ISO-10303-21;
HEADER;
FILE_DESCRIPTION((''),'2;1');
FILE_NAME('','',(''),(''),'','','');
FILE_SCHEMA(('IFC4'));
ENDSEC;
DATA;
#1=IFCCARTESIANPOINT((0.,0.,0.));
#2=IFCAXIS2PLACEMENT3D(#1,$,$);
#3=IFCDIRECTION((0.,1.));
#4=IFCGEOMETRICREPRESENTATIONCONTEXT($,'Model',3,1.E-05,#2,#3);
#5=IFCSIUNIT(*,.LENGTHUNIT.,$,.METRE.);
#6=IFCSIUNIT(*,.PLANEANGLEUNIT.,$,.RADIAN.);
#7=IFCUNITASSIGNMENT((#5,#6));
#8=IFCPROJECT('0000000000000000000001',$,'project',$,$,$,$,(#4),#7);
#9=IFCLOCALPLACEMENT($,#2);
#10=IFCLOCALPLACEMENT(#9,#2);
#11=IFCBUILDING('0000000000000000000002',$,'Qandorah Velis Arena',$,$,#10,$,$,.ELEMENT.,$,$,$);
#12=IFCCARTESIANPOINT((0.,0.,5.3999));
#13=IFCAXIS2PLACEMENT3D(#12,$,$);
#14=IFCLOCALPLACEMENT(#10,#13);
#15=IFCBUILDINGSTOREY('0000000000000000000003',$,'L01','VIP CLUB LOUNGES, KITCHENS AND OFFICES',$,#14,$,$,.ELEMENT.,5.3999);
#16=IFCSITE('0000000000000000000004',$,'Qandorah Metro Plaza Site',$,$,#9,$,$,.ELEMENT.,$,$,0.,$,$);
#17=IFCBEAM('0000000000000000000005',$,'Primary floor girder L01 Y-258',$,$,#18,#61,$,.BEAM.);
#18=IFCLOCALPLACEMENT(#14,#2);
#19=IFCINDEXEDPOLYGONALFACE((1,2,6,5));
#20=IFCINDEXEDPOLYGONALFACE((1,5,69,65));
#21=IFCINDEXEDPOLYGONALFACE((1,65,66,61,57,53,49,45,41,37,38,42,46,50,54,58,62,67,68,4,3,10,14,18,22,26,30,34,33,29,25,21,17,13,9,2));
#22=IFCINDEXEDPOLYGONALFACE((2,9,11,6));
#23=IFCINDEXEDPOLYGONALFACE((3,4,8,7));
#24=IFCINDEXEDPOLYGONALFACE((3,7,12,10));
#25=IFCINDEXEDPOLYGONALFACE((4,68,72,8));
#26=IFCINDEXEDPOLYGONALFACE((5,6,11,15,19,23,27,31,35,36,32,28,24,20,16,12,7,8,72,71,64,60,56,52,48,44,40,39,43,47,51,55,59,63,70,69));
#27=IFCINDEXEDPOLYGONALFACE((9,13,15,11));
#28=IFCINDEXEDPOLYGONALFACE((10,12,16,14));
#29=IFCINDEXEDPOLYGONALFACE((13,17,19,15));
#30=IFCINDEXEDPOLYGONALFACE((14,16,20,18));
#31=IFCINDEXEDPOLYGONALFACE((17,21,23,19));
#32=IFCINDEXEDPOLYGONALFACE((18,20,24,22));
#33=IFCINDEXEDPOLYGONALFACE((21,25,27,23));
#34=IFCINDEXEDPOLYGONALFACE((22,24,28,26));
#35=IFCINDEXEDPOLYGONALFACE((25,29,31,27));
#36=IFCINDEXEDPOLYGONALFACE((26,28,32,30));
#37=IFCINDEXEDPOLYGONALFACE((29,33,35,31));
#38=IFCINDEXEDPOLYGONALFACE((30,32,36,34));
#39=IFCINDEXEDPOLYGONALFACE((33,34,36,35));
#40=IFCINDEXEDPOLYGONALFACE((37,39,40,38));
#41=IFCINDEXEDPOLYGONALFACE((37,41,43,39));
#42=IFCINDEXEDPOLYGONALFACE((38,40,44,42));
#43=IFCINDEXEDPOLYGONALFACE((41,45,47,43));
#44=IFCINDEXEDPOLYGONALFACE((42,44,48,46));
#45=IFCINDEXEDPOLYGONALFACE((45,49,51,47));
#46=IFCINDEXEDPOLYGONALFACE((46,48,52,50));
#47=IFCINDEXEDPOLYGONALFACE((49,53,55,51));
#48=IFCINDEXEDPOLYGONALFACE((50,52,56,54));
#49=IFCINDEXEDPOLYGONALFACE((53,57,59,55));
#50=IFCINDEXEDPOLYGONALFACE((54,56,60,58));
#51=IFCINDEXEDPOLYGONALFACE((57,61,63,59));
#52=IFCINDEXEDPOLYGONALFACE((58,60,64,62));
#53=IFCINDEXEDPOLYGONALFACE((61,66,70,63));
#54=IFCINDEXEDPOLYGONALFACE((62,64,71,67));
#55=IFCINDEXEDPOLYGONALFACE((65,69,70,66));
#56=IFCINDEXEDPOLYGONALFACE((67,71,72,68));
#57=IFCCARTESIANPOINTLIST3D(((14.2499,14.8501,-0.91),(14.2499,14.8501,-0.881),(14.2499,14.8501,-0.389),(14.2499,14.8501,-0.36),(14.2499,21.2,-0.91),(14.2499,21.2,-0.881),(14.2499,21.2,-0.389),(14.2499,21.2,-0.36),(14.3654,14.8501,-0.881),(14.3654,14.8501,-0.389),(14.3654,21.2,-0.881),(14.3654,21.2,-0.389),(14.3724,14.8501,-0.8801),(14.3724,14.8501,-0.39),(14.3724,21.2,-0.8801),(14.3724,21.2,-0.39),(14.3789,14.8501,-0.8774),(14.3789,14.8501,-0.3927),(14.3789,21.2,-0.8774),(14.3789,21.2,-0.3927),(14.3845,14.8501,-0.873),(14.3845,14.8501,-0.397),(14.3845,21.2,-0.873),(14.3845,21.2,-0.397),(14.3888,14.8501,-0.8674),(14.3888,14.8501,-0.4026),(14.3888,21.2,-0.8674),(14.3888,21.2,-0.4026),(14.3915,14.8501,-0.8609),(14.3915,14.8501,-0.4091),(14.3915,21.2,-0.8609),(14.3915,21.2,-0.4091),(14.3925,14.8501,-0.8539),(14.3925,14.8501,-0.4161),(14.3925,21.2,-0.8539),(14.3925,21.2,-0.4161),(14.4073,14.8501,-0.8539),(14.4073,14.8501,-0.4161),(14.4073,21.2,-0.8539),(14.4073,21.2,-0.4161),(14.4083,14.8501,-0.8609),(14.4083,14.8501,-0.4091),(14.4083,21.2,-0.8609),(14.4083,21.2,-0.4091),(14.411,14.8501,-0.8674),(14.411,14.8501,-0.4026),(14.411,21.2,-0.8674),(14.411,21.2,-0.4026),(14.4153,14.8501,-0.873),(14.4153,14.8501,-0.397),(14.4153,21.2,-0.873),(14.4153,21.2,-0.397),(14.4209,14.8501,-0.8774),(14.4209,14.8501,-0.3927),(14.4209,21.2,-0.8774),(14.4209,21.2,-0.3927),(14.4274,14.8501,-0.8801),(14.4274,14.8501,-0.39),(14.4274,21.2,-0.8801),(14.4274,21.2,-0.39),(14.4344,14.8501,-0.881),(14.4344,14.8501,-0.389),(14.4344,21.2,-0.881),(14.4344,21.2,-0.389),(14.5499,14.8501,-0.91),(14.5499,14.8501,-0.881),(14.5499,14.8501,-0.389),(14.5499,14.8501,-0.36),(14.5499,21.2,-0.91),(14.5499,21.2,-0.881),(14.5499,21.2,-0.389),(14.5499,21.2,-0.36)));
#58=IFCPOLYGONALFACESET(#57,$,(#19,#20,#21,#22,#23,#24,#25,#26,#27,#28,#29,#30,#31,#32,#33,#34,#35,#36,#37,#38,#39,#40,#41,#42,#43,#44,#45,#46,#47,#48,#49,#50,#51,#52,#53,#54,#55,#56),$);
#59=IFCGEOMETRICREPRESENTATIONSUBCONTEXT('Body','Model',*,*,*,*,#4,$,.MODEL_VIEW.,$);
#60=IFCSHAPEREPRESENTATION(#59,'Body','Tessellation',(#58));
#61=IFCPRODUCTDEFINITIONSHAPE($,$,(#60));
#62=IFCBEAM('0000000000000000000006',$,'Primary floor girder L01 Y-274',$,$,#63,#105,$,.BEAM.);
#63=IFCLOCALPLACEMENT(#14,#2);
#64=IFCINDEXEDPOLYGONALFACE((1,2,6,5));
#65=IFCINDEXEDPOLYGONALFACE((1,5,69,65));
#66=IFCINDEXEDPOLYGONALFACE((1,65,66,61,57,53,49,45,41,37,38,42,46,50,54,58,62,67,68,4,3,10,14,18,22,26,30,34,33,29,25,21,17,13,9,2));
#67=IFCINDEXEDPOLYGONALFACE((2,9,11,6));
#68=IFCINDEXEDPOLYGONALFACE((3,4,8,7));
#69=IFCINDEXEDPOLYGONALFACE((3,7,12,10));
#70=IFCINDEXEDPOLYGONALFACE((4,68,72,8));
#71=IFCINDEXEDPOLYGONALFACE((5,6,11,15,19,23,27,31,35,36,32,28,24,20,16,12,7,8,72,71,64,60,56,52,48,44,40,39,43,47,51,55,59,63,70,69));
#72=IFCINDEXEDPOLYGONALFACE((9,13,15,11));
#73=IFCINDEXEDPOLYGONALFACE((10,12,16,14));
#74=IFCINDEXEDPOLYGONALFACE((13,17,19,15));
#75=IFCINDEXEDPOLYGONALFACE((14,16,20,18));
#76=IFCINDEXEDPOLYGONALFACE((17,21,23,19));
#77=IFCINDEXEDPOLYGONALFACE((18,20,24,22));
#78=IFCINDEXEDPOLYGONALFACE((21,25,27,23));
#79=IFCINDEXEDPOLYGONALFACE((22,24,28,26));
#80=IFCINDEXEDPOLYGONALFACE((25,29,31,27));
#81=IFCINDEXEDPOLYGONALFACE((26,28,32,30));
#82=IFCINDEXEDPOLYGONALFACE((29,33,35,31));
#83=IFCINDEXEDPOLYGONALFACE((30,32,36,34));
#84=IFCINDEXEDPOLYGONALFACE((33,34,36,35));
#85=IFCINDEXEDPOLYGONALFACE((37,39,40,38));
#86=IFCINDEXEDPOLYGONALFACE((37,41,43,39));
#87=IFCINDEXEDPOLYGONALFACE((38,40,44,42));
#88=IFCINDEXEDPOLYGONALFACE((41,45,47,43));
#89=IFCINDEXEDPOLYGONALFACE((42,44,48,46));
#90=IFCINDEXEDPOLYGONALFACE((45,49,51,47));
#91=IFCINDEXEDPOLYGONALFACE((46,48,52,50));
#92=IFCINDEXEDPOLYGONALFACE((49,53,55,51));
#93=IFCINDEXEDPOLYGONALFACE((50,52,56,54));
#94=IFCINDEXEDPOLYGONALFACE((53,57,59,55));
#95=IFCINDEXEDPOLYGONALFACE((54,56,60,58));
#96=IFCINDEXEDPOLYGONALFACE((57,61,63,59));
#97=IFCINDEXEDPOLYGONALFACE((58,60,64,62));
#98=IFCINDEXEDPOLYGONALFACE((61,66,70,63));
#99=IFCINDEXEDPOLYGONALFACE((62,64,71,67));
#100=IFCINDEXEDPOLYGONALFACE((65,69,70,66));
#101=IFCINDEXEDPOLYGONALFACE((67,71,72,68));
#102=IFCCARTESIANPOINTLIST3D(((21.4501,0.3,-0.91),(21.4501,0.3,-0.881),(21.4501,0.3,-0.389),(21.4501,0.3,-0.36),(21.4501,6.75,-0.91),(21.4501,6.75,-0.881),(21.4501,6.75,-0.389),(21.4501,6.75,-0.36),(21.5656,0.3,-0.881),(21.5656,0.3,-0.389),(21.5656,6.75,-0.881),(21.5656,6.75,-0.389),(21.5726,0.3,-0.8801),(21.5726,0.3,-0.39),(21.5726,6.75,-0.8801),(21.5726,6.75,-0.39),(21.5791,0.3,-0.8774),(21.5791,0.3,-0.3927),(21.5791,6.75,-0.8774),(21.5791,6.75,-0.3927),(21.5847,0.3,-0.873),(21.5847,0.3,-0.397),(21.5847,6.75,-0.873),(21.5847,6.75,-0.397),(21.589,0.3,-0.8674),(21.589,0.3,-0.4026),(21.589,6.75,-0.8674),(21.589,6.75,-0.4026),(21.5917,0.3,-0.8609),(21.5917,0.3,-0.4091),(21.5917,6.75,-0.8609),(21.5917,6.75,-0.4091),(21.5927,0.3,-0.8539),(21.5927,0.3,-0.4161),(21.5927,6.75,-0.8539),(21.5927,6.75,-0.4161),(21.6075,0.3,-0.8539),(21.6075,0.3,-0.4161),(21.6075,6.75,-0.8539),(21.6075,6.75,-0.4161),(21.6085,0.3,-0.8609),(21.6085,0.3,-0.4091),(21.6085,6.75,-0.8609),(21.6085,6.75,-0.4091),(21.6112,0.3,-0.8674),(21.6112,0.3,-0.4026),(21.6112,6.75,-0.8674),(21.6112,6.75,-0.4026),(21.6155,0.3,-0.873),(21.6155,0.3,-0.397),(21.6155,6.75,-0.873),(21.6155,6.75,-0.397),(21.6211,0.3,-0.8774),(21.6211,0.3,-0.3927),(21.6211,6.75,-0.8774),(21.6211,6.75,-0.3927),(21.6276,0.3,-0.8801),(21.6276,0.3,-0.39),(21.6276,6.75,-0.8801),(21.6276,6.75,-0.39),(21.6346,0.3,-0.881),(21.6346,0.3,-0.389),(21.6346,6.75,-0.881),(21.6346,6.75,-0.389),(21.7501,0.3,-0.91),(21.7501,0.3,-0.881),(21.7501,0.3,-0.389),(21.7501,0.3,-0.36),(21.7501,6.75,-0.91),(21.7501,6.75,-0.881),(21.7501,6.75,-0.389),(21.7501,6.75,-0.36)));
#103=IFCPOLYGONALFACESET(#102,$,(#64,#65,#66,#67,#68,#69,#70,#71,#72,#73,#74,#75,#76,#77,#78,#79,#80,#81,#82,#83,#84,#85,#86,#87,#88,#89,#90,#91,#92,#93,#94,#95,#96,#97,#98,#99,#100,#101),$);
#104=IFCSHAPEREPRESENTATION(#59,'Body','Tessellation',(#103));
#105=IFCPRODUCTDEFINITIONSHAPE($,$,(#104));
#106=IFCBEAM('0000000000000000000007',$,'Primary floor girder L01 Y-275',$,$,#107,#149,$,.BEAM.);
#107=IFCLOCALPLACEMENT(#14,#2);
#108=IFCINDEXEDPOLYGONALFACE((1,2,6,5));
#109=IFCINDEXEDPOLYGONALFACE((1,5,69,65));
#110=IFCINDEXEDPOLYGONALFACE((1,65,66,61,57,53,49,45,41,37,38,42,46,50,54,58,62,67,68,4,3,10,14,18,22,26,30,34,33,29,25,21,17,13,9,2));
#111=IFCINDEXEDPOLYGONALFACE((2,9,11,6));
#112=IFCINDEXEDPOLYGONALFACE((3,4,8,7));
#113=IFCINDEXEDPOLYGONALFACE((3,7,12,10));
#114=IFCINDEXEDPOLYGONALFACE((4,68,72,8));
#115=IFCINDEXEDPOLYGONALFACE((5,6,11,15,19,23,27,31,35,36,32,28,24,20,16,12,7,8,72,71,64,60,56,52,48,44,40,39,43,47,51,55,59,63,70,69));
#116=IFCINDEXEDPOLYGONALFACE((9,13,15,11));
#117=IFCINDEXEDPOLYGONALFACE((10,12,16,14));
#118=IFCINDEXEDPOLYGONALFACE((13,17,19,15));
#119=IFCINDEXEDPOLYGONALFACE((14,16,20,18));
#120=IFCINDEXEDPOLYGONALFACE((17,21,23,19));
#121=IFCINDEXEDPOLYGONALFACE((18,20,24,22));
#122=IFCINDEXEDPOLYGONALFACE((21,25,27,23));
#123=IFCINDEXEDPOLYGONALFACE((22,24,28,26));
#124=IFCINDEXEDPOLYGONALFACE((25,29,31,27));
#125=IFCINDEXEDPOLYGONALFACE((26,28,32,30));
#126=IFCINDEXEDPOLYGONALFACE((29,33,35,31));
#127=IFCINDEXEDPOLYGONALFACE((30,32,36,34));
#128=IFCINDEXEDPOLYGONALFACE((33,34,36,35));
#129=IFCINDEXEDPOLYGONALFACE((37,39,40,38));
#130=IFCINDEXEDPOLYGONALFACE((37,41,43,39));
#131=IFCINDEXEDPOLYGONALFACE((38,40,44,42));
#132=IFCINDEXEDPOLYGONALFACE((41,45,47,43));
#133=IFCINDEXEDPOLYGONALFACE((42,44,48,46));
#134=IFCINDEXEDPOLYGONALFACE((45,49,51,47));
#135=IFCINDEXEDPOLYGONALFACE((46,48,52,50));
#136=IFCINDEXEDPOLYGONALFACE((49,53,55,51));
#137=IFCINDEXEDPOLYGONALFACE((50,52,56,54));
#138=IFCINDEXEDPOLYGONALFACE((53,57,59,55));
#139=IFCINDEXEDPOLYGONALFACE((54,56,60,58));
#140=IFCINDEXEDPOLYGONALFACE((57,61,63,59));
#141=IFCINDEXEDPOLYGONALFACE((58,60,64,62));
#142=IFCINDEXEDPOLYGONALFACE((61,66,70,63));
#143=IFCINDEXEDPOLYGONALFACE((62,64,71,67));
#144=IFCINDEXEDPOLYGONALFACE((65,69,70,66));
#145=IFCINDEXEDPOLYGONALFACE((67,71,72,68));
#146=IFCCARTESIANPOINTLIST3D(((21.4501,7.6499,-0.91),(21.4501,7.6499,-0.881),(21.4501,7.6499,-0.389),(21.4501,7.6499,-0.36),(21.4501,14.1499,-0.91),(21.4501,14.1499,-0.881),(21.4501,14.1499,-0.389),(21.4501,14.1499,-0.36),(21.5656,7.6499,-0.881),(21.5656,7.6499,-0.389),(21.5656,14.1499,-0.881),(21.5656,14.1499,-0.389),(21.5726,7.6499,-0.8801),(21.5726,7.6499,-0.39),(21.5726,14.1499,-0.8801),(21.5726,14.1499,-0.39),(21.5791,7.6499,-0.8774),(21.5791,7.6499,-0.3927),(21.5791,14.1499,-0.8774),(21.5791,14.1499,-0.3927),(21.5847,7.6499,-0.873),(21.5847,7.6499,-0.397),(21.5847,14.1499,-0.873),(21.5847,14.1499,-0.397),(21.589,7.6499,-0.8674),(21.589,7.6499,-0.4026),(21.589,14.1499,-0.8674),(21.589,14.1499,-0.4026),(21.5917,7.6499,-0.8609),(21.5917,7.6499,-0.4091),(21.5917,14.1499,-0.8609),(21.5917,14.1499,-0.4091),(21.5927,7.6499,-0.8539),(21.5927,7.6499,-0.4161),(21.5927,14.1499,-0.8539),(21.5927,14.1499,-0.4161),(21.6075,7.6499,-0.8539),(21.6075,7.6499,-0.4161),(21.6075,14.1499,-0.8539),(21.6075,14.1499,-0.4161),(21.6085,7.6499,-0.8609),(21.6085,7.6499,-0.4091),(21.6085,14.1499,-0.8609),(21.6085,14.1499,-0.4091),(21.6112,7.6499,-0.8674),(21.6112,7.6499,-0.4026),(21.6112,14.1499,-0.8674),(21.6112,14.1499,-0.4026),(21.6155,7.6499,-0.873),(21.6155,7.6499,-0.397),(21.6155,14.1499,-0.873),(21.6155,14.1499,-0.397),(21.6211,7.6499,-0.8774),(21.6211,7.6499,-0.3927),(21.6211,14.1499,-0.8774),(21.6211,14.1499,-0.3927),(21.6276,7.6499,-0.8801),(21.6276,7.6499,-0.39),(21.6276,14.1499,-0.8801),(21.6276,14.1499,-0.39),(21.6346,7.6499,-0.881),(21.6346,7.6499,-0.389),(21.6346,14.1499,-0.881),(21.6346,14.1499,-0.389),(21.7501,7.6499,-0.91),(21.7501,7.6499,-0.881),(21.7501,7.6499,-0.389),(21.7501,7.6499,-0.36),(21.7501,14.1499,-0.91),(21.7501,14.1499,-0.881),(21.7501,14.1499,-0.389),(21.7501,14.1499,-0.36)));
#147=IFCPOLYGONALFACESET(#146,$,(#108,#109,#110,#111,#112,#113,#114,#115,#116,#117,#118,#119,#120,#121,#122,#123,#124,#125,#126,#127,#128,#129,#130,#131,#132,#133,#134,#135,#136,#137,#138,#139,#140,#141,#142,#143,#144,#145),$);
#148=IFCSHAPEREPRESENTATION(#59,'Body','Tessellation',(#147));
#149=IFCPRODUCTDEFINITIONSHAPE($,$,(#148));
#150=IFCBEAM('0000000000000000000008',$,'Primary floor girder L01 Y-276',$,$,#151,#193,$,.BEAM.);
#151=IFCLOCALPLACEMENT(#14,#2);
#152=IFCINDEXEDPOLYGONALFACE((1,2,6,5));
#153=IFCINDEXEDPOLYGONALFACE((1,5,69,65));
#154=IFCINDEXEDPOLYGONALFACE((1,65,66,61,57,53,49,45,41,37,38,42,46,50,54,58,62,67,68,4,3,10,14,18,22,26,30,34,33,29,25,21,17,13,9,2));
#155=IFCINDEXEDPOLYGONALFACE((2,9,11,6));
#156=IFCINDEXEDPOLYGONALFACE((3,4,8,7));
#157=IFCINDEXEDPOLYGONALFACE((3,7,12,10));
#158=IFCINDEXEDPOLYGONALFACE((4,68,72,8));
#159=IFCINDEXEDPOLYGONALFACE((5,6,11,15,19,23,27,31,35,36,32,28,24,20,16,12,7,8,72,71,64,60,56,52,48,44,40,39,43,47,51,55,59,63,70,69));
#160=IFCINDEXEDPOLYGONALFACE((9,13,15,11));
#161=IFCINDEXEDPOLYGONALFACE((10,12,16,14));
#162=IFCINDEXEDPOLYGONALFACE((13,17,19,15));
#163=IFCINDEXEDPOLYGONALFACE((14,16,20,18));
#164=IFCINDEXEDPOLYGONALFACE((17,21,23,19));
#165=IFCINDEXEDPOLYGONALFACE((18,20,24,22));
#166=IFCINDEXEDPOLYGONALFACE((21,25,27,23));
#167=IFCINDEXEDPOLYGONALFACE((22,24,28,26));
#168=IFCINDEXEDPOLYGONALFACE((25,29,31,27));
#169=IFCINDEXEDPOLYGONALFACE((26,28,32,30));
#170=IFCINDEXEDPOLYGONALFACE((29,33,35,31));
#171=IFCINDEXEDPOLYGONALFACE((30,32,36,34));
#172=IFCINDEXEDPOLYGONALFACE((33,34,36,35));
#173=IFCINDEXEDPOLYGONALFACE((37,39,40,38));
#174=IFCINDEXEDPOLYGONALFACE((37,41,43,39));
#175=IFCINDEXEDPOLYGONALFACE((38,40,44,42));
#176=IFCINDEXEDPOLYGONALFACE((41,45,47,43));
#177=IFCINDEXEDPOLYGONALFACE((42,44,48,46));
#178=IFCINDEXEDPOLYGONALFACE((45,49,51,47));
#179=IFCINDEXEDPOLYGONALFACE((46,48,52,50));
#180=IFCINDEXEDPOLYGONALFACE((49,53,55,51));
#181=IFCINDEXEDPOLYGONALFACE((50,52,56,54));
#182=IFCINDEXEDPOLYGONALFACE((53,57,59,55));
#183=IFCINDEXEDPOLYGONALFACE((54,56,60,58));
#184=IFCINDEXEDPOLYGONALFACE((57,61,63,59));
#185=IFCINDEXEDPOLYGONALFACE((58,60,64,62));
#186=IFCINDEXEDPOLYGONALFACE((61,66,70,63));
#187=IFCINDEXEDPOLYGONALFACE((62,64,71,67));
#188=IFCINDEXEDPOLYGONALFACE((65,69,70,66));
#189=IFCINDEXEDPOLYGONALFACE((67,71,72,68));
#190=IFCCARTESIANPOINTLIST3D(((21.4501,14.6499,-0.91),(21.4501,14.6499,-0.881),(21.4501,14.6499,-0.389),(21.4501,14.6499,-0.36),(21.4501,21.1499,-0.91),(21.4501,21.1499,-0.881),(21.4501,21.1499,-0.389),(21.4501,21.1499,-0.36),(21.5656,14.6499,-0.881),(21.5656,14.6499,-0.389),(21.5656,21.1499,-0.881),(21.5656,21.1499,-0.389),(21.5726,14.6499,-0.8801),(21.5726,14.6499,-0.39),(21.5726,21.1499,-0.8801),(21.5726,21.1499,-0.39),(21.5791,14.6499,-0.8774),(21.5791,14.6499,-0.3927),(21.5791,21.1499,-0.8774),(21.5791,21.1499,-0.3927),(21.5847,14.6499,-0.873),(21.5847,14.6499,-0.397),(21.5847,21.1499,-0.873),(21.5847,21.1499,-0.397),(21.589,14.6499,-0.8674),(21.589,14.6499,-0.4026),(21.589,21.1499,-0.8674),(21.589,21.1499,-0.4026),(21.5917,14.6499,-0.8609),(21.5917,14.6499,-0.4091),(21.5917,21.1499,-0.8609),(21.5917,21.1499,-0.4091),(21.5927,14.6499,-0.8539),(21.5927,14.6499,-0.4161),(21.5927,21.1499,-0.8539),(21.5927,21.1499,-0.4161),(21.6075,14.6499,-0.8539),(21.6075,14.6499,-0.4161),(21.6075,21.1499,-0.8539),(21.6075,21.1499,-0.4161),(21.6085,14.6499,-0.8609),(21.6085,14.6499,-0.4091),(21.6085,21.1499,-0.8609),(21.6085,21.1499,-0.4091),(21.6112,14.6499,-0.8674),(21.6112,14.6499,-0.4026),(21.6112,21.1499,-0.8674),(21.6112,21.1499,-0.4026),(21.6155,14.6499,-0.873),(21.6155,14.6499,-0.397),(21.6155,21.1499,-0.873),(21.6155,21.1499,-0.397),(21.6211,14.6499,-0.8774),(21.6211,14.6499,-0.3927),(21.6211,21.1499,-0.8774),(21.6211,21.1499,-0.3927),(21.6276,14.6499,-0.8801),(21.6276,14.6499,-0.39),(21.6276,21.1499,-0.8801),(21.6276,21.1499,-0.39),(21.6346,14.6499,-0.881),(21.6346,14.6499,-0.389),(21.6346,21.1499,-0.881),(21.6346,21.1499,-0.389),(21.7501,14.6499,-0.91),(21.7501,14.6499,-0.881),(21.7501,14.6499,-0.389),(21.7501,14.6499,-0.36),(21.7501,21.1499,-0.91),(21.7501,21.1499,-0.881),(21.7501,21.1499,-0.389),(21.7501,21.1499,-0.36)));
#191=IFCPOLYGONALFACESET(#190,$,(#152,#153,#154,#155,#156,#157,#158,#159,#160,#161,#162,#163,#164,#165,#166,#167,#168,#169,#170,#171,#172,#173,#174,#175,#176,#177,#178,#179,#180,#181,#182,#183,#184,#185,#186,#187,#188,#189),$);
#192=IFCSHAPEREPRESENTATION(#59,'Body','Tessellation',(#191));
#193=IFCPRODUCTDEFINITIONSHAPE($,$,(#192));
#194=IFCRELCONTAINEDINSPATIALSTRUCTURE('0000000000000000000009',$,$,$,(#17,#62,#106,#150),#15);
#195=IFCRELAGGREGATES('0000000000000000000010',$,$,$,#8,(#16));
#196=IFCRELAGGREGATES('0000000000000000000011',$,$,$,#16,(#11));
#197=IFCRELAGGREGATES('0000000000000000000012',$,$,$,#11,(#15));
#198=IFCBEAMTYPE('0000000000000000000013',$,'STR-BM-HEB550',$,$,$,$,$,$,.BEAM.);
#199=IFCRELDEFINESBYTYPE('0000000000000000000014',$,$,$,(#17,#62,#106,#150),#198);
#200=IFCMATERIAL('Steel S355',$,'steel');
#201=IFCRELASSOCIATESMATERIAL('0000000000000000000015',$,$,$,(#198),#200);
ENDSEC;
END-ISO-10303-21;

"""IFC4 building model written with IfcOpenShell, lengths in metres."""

from ifc_helpers import new_model, si_unit, direction, frame, origin, origin_2d, place, context, subcontext, project, spatial, i_section, extrude, material, material_profile, profile_set, type_object, element, save


model = new_model("IFC4")

# Units and contexts
model_context = context("Model", 3, precision=1e-05, world=origin(), true_north=direction((0.0, 1.0)))
body_context = subcontext(model_context, "Body", "Model", "MODEL_VIEW")
ifc_project = project(units=[si_unit("LENGTHUNIT", "METRE"), si_unit("PLANEANGLEUNIT", "RADIAN")], contexts=[model_context])

# Site, building, storey
site_placement = place(None, origin())
site = spatial("IfcSite", under=ifc_project, at=site_placement, Name="Qandorah Metro Plaza Site", CompositionType="ELEMENT", RefElevation=0.0)
building_placement = place(site_placement, origin())
building = spatial("IfcBuilding", under=site, at=building_placement, Name="Qandorah Velis Arena", CompositionType="ELEMENT")
storey_placement = place(building_placement, frame((0.0, 0.0, 5.3999)))
storey = spatial("IfcBuildingStorey", under=building, at=storey_placement, Name="L01", Description="VIP CLUB LOUNGES, KITCHENS AND OFFICES", CompositionType="ELEMENT", Elevation=5.3999)

# Beams
ifc_material_1 = material(Name="Steel S355", Category="steel")
ifc_material_profile_1 = material_profile(ifc_material_1, i_section(OverallWidth=0.3, OverallDepth=0.55, WebThickness=0.0149, FlangeThickness=0.0291, FilletRadius=0.0271, at=origin_2d()), Name="HEB 550")
ifc_profile_set_1 = profile_set([ifc_material_profile_1], Name="Steel S355")
beam_type_1 = type_object("IfcBeamType", Name="STR-BM-HEB550", PredefinedType="BEAM", material=ifc_profile_set_1)
beam_1_placement = place(storey_placement, frame((14.3999, 14.8501, -0.635), z_axis=(0.0, 1.0, 0.0), x_axis=(-1.0, 0.0, 0.0)))
element("IfcBeam", 1, at=beam_1_placement, inside=storey, type_object=beam_type_1, Name="Primary floor girder L01 Y-258", PredefinedType="BEAM", context=body_context, shape_type="SweptSolid", body=[
    extrude(i_section(OverallWidth=0.3, OverallDepth=0.55, WebThickness=0.0149, FlangeThickness=0.0291, FilletRadius=0.0271, at=origin_2d()), origin(), (0.0, 0.0, 1.0), 6.3499),
])
beam_2_placement = place(storey_placement, frame((21.6001, 0.3, -0.635), z_axis=(0.0, 1.0, 0.0), x_axis=(-1.0, 0.0, 0.0)))
element("IfcBeam", 2, at=beam_2_placement, inside=storey, type_object=beam_type_1, Name="Primary floor girder L01 Y-274", PredefinedType="BEAM", context=body_context, shape_type="SweptSolid", body=[
    extrude(i_section(OverallWidth=0.3, OverallDepth=0.55, WebThickness=0.0149, FlangeThickness=0.0291, FilletRadius=0.0271, at=origin_2d()), origin(), (0.0, 0.0, 1.0), 6.45),
])
for number, where, z_axis, x_axis, name in (
    (3, (21.6001, 7.6499, -0.635), (0.0, 1.0, 0.0), (-1.0, 0.0, 0.0), "Primary floor girder L01 Y-275"),
    (4, (21.6001, 14.6499, -0.635), (0.0, 1.0, 0.0), (-1.0, 0.0, 0.0), "Primary floor girder L01 Y-276"),
):
    element("IfcBeam", number, at=place(storey_placement, frame(where, z_axis=z_axis, x_axis=x_axis)), inside=storey, type_object=beam_type_1, Name=name, PredefinedType="BEAM", context=body_context, shape_type="SweptSolid", body=[
        extrude(i_section(OverallWidth=0.3, OverallDepth=0.55, WebThickness=0.0149, FlangeThickness=0.0291, FilletRadius=0.0271, at=origin_2d()), origin(), (0.0, 0.0, 1.0), 6.5),
    ])

save(model, "model.ifc")
